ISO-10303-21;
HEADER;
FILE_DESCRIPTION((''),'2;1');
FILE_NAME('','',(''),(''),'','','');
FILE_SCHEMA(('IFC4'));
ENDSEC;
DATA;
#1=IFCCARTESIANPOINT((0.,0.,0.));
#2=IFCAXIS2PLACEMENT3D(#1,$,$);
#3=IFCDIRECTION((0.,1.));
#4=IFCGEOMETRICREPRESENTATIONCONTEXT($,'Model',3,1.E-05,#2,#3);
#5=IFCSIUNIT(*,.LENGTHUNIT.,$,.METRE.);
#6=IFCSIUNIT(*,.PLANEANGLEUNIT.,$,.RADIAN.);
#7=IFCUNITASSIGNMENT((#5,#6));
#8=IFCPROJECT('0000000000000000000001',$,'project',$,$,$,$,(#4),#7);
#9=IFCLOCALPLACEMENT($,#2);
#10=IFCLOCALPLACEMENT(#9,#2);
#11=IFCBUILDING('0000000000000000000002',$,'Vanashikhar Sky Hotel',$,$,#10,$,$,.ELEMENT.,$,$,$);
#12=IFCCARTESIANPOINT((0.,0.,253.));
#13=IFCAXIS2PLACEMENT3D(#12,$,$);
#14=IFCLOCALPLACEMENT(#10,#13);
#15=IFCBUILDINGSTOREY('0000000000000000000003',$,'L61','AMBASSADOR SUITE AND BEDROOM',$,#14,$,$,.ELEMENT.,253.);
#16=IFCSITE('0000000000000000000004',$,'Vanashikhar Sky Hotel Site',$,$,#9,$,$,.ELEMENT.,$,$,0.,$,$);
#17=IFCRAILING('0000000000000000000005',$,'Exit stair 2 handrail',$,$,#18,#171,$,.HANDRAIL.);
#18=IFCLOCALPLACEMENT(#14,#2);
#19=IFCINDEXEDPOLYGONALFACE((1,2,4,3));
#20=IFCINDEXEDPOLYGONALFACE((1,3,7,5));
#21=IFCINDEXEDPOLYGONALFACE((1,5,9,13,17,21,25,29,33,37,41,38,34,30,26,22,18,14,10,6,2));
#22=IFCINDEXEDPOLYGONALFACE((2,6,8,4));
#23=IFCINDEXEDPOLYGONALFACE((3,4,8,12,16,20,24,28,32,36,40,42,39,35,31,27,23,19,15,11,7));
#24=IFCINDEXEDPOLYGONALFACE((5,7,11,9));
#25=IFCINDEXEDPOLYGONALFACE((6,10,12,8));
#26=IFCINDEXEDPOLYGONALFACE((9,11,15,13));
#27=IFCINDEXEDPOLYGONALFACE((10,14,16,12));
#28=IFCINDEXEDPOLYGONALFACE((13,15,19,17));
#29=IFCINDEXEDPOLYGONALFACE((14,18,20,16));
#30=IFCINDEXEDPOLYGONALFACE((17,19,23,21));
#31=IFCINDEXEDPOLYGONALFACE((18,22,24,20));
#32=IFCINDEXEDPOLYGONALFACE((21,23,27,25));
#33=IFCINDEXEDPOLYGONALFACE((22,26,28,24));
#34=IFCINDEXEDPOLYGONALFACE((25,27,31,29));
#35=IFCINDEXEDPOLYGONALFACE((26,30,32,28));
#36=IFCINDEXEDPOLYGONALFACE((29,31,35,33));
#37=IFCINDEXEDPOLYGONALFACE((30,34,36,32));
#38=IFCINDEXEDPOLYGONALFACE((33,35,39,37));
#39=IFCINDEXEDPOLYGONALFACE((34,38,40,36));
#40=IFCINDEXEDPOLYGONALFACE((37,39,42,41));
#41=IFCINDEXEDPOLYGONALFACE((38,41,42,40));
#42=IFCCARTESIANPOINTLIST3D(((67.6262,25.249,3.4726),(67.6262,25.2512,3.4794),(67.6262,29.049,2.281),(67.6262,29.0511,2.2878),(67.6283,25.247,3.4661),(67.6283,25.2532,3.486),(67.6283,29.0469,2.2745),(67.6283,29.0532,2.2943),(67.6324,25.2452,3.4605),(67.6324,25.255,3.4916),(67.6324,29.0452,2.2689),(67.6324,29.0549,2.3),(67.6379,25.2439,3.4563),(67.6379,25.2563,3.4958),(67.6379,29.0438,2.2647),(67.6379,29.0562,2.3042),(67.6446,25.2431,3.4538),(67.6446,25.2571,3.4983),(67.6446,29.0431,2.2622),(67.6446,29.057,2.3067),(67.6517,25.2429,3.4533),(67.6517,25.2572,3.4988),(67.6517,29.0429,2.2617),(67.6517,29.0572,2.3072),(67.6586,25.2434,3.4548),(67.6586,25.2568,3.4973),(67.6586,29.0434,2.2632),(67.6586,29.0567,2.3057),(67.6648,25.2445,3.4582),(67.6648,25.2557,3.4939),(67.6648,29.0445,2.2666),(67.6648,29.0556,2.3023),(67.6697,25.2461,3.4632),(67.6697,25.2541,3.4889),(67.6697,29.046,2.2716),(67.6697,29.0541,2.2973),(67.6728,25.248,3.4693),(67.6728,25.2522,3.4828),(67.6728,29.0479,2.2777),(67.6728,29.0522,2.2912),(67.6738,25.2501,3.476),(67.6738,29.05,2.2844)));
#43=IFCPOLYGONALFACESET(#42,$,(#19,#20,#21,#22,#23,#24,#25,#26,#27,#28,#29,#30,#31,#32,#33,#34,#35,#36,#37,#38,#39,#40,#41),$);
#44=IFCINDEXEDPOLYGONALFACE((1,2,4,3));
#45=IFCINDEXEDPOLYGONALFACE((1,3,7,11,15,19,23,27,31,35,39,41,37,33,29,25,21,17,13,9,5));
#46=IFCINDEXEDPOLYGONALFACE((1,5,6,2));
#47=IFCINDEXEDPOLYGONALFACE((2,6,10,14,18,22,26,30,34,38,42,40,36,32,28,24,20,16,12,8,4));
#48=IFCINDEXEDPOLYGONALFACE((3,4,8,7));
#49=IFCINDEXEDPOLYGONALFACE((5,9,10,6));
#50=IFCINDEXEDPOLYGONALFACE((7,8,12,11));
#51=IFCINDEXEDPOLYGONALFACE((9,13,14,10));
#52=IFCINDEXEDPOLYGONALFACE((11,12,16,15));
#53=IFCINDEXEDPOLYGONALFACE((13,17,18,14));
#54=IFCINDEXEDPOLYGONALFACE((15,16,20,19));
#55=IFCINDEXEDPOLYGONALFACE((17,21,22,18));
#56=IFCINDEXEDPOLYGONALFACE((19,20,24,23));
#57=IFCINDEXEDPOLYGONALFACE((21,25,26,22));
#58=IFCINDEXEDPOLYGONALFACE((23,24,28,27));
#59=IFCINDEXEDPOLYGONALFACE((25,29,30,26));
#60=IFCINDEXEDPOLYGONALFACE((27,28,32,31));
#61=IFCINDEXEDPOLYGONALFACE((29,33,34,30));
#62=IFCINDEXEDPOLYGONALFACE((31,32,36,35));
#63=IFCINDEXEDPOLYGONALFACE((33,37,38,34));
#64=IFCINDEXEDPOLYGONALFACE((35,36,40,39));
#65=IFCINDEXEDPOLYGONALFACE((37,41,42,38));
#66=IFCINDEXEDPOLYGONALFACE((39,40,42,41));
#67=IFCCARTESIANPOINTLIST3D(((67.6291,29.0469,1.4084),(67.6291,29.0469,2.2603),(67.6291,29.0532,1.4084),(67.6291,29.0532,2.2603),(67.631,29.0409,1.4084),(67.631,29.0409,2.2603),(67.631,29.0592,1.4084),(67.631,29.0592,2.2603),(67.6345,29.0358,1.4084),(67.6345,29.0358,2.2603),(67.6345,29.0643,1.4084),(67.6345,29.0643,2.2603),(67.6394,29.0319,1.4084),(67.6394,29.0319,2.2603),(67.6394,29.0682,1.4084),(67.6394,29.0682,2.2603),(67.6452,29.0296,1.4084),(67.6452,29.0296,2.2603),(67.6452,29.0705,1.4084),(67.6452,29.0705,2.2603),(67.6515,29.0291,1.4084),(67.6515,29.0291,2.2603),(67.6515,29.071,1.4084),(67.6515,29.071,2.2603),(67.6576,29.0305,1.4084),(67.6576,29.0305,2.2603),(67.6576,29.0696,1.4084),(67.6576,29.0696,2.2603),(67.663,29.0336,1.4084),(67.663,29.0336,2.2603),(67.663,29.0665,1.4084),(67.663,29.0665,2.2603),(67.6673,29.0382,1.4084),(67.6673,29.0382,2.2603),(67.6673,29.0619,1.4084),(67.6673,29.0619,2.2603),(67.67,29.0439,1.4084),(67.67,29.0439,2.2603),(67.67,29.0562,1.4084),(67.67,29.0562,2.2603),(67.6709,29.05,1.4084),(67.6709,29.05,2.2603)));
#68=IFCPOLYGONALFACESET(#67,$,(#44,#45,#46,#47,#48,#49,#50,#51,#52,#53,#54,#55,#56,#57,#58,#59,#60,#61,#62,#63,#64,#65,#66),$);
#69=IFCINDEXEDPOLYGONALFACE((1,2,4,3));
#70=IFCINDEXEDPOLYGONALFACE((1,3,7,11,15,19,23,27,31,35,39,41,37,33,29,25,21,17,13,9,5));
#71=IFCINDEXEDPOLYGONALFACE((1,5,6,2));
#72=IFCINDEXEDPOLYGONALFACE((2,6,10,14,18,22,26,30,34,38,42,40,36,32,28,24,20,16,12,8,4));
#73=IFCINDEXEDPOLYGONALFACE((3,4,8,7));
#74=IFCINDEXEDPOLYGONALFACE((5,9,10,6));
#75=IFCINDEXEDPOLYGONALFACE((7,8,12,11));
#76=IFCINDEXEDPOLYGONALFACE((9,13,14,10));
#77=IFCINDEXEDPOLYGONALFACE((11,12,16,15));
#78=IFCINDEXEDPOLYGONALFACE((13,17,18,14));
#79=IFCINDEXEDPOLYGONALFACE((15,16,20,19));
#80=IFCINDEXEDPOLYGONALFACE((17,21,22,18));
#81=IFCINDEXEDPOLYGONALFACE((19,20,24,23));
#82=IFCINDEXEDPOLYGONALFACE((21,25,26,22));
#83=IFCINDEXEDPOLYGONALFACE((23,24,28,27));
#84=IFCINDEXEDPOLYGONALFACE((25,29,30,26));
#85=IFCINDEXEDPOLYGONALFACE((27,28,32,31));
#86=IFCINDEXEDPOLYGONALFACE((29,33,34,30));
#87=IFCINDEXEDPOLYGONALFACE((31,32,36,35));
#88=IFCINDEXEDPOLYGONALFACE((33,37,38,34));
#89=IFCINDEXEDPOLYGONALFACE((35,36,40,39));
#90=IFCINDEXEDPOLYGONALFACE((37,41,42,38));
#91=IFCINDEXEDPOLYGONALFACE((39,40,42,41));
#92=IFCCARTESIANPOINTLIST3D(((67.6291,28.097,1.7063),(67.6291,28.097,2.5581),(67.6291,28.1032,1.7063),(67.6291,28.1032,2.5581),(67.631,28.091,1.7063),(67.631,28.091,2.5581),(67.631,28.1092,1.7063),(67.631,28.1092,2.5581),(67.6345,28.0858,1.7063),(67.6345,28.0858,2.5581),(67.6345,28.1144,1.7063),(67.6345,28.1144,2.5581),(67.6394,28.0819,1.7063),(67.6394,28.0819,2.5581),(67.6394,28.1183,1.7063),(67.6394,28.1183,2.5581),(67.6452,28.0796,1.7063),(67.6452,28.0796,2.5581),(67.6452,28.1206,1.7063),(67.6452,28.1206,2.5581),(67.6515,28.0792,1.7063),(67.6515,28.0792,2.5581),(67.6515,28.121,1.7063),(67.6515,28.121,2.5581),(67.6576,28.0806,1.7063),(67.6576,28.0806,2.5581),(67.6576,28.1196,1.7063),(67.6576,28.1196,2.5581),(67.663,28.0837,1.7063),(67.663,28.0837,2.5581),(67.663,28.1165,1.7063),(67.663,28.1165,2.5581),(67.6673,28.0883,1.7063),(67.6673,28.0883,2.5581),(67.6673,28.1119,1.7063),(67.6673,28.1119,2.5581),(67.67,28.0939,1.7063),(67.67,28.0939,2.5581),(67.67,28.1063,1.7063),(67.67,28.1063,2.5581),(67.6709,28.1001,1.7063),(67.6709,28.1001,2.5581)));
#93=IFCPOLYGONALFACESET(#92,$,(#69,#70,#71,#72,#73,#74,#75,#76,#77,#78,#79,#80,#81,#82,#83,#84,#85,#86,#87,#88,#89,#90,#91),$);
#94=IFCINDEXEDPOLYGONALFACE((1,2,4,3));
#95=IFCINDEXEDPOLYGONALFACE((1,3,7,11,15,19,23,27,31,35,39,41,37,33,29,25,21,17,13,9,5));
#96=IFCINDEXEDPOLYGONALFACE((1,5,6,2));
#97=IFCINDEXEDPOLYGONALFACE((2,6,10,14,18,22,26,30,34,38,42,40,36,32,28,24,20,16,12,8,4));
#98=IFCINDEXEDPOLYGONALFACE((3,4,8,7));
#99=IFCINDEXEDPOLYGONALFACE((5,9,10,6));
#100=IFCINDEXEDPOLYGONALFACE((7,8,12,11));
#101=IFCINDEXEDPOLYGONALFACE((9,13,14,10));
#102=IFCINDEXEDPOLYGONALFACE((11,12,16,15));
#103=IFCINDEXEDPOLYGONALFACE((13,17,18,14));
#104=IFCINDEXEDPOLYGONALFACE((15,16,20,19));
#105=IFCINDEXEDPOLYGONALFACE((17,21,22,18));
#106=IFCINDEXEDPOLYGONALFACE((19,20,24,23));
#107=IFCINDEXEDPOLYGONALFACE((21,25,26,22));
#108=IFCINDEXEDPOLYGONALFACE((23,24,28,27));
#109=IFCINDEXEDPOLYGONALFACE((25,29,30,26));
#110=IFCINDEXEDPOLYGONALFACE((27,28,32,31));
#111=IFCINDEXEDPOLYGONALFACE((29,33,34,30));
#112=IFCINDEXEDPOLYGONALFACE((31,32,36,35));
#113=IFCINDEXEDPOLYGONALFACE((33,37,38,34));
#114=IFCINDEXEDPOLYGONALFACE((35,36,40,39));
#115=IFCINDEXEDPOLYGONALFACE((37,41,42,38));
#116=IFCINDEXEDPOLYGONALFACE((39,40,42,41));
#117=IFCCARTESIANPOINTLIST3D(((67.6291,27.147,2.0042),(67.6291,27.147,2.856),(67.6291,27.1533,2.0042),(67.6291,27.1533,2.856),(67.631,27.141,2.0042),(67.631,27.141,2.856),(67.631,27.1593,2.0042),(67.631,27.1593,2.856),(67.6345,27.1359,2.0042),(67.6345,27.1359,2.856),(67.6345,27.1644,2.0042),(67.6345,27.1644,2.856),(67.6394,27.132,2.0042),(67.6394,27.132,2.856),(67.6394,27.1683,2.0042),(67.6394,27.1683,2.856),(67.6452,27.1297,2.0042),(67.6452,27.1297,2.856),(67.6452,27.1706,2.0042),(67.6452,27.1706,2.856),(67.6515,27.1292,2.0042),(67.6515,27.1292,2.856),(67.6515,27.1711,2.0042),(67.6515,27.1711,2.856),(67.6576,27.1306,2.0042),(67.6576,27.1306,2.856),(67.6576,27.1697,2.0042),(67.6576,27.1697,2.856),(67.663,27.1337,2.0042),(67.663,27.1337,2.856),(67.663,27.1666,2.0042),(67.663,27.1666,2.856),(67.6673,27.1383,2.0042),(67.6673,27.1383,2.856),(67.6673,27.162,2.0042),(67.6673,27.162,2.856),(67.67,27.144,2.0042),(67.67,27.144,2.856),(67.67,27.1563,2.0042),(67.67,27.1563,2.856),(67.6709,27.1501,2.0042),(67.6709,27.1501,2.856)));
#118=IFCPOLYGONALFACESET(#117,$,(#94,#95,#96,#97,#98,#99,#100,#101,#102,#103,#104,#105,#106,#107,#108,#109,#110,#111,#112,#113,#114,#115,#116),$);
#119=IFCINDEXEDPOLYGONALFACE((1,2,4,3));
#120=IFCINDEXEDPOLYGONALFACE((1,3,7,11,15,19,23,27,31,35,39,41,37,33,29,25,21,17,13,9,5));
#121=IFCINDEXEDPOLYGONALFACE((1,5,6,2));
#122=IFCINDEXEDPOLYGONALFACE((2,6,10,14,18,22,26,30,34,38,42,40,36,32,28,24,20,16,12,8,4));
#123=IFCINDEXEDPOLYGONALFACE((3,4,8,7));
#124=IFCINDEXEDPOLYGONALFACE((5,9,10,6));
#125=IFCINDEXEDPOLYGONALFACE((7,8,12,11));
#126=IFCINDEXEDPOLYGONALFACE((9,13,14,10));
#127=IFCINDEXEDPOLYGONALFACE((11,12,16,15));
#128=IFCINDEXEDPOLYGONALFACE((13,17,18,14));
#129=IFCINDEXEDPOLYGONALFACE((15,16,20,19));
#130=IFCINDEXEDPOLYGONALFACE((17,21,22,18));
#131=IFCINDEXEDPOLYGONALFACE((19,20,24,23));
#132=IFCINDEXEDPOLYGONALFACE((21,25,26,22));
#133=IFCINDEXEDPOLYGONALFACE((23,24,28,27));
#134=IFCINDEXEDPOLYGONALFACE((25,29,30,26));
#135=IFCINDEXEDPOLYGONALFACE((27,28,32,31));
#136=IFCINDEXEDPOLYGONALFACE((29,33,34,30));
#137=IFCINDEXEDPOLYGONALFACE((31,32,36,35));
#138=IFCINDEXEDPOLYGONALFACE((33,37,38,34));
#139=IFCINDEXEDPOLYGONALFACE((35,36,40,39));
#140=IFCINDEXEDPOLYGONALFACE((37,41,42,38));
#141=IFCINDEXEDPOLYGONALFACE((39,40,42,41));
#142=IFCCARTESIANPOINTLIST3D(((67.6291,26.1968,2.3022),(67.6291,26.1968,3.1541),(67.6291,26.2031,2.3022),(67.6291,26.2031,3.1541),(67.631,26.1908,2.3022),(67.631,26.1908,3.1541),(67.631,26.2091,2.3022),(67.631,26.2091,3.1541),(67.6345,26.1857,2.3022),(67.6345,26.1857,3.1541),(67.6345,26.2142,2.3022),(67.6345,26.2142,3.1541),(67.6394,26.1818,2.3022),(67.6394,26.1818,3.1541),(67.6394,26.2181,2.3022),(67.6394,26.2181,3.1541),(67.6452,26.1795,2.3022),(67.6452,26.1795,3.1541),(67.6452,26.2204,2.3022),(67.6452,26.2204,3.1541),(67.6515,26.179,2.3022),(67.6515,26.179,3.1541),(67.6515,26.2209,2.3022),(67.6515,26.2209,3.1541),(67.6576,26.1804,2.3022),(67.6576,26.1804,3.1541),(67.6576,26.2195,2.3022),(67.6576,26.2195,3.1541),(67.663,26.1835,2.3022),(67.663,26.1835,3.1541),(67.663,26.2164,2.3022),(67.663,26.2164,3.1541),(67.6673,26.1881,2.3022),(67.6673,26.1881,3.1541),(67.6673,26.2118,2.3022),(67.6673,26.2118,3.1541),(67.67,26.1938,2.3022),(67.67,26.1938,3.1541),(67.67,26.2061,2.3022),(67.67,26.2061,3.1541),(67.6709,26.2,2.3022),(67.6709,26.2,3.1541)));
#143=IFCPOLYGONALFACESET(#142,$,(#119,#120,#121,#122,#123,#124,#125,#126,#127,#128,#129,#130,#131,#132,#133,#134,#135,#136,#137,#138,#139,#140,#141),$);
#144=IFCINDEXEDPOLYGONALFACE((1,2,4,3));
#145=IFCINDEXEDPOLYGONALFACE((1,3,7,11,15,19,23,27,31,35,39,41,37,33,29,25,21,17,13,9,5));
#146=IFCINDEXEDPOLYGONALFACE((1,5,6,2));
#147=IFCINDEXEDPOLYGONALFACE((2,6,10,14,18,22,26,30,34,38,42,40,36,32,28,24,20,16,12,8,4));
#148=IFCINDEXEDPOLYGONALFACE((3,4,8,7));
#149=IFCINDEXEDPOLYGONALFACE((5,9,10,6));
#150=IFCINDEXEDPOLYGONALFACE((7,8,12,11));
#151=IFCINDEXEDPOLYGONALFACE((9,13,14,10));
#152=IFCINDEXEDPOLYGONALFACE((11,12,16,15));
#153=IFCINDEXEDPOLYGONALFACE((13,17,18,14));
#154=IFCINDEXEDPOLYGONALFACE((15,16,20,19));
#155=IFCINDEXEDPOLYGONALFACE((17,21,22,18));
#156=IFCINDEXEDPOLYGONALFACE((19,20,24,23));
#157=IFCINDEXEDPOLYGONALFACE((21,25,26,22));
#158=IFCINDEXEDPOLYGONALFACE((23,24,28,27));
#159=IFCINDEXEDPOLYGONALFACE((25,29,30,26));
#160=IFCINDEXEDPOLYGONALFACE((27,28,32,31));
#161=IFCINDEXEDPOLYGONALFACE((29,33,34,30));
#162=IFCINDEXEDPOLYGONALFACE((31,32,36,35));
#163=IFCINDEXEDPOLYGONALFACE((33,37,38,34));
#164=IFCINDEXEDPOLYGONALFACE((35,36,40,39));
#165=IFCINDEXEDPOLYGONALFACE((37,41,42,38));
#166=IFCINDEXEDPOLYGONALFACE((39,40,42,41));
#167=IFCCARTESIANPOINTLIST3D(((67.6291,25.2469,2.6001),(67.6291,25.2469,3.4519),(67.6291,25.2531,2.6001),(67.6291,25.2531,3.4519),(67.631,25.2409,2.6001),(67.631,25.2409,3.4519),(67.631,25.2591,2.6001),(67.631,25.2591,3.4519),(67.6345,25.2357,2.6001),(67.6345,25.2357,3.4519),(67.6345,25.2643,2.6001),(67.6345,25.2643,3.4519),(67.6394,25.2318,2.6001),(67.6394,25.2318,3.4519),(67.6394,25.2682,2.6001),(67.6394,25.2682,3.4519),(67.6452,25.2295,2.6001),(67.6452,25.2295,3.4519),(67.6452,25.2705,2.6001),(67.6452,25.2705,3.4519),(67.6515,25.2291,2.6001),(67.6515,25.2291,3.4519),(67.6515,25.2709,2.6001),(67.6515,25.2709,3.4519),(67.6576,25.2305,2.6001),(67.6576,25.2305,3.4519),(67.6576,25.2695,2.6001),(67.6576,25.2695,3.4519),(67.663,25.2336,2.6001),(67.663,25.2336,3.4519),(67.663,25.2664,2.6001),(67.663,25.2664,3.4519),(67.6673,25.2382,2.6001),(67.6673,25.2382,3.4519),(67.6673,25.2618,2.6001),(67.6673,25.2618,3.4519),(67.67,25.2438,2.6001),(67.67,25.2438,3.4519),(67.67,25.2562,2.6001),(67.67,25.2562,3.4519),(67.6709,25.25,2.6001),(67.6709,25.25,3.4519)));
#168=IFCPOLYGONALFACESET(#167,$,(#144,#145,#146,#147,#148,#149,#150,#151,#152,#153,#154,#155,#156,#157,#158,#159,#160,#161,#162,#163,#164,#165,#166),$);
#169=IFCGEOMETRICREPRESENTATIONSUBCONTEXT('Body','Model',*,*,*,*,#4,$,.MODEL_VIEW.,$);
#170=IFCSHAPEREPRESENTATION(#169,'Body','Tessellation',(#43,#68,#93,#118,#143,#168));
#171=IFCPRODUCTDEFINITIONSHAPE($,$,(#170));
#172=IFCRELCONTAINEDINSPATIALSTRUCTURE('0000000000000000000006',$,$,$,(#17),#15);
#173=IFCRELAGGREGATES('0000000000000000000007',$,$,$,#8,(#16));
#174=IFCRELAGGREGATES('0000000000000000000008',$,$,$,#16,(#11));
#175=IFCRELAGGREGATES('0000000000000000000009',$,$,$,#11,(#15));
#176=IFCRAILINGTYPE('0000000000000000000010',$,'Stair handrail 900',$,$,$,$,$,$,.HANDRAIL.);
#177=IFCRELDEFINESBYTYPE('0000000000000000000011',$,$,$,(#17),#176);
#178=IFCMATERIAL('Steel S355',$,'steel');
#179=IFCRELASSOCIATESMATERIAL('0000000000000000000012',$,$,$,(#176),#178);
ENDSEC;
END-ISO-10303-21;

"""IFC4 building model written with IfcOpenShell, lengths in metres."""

from ifc_helpers import new_model, si_unit, direction, frame, origin, origin_2d, place, context, subcontext, project, spatial, circle, extrude, source, transform, mapped, material, type_object, element, save


model = new_model("IFC4")

# Units and contexts
model_context = context("Model", 3, precision=1e-05, world=origin(), true_north=direction((0.0, 1.0)))
body_context = subcontext(model_context, "Body", "Model", "MODEL_VIEW")
ifc_project = project(units=[si_unit("LENGTHUNIT", "METRE"), si_unit("PLANEANGLEUNIT", "RADIAN")], contexts=[model_context])

# Site, building, storey
site_placement = place(None, origin())
site = spatial("IfcSite", under=ifc_project, at=site_placement, Name="Vanashikhar Sky Hotel Site", CompositionType="ELEMENT", RefElevation=0.0)
building_placement = place(site_placement, origin())
building = spatial("IfcBuilding", under=site, at=building_placement, Name="Vanashikhar Sky Hotel", CompositionType="ELEMENT")
storey_placement = place(building_placement, frame((0.0, 0.0, 253.0)))
storey = spatial("IfcBuildingStorey", under=building, at=storey_placement, Name="L61", Description="AMBASSADOR SUITE AND BEDROOM", CompositionType="ELEMENT", Elevation=253.0)

# Railing
ifc_material_1 = material(Name="Steel S355", Category="steel")
railing_type_1 = type_object("IfcRailingType", Name="Stair handrail 900", PredefinedType="HANDRAIL", material=ifc_material_1)
shared_shape_1 = source(origin(), body_context, "Body", "SweptSolid", [
    extrude(circle(Radius=0.0239, at=origin_2d()), frame((0.0, 0.0, 0.876), z_axis=(0.0, -0.954184, 0.299221), x_axis=(1.0, 0.0, 0.0)), (0.0, 0.0, 1.0), 3.9824),
    extrude(circle(Radius=0.021, at=origin_2d()), origin(), (0.0, 0.0, 1.0), 0.8518),
    extrude(circle(Radius=0.021, at=origin_2d()), frame((0.0, -0.95, 0.2979)), (0.0, 0.0, 1.0), 0.8518),
    extrude(circle(Radius=0.021, at=origin_2d()), frame((0.0, -1.8999, 0.5957)), (0.0, 0.0, 1.0), 0.8518),
    extrude(circle(Radius=0.021, at=origin_2d()), frame((0.0, -2.8501, 0.8938)), (0.0, 0.0, 1.0), 0.8518),
    extrude(circle(Radius=0.021, at=origin_2d()), frame((0.0, -3.8, 1.1917)), (0.0, 0.0, 1.0), 0.8518),
])
railing_1_placement = place(storey_placement, frame((67.6499, 29.05, 1.4084)))
element("IfcRailing", 1, at=railing_1_placement, inside=storey, type_object=railing_type_1, Name="Exit stair 2 handrail", PredefinedType="HANDRAIL", context=body_context, shape_type="MappedRepresentation", body=[
    mapped(shared_shape_1, transform((0.0, 0.0, 0.0), scale=1.0)),
])

save(model, "model.ifc")
